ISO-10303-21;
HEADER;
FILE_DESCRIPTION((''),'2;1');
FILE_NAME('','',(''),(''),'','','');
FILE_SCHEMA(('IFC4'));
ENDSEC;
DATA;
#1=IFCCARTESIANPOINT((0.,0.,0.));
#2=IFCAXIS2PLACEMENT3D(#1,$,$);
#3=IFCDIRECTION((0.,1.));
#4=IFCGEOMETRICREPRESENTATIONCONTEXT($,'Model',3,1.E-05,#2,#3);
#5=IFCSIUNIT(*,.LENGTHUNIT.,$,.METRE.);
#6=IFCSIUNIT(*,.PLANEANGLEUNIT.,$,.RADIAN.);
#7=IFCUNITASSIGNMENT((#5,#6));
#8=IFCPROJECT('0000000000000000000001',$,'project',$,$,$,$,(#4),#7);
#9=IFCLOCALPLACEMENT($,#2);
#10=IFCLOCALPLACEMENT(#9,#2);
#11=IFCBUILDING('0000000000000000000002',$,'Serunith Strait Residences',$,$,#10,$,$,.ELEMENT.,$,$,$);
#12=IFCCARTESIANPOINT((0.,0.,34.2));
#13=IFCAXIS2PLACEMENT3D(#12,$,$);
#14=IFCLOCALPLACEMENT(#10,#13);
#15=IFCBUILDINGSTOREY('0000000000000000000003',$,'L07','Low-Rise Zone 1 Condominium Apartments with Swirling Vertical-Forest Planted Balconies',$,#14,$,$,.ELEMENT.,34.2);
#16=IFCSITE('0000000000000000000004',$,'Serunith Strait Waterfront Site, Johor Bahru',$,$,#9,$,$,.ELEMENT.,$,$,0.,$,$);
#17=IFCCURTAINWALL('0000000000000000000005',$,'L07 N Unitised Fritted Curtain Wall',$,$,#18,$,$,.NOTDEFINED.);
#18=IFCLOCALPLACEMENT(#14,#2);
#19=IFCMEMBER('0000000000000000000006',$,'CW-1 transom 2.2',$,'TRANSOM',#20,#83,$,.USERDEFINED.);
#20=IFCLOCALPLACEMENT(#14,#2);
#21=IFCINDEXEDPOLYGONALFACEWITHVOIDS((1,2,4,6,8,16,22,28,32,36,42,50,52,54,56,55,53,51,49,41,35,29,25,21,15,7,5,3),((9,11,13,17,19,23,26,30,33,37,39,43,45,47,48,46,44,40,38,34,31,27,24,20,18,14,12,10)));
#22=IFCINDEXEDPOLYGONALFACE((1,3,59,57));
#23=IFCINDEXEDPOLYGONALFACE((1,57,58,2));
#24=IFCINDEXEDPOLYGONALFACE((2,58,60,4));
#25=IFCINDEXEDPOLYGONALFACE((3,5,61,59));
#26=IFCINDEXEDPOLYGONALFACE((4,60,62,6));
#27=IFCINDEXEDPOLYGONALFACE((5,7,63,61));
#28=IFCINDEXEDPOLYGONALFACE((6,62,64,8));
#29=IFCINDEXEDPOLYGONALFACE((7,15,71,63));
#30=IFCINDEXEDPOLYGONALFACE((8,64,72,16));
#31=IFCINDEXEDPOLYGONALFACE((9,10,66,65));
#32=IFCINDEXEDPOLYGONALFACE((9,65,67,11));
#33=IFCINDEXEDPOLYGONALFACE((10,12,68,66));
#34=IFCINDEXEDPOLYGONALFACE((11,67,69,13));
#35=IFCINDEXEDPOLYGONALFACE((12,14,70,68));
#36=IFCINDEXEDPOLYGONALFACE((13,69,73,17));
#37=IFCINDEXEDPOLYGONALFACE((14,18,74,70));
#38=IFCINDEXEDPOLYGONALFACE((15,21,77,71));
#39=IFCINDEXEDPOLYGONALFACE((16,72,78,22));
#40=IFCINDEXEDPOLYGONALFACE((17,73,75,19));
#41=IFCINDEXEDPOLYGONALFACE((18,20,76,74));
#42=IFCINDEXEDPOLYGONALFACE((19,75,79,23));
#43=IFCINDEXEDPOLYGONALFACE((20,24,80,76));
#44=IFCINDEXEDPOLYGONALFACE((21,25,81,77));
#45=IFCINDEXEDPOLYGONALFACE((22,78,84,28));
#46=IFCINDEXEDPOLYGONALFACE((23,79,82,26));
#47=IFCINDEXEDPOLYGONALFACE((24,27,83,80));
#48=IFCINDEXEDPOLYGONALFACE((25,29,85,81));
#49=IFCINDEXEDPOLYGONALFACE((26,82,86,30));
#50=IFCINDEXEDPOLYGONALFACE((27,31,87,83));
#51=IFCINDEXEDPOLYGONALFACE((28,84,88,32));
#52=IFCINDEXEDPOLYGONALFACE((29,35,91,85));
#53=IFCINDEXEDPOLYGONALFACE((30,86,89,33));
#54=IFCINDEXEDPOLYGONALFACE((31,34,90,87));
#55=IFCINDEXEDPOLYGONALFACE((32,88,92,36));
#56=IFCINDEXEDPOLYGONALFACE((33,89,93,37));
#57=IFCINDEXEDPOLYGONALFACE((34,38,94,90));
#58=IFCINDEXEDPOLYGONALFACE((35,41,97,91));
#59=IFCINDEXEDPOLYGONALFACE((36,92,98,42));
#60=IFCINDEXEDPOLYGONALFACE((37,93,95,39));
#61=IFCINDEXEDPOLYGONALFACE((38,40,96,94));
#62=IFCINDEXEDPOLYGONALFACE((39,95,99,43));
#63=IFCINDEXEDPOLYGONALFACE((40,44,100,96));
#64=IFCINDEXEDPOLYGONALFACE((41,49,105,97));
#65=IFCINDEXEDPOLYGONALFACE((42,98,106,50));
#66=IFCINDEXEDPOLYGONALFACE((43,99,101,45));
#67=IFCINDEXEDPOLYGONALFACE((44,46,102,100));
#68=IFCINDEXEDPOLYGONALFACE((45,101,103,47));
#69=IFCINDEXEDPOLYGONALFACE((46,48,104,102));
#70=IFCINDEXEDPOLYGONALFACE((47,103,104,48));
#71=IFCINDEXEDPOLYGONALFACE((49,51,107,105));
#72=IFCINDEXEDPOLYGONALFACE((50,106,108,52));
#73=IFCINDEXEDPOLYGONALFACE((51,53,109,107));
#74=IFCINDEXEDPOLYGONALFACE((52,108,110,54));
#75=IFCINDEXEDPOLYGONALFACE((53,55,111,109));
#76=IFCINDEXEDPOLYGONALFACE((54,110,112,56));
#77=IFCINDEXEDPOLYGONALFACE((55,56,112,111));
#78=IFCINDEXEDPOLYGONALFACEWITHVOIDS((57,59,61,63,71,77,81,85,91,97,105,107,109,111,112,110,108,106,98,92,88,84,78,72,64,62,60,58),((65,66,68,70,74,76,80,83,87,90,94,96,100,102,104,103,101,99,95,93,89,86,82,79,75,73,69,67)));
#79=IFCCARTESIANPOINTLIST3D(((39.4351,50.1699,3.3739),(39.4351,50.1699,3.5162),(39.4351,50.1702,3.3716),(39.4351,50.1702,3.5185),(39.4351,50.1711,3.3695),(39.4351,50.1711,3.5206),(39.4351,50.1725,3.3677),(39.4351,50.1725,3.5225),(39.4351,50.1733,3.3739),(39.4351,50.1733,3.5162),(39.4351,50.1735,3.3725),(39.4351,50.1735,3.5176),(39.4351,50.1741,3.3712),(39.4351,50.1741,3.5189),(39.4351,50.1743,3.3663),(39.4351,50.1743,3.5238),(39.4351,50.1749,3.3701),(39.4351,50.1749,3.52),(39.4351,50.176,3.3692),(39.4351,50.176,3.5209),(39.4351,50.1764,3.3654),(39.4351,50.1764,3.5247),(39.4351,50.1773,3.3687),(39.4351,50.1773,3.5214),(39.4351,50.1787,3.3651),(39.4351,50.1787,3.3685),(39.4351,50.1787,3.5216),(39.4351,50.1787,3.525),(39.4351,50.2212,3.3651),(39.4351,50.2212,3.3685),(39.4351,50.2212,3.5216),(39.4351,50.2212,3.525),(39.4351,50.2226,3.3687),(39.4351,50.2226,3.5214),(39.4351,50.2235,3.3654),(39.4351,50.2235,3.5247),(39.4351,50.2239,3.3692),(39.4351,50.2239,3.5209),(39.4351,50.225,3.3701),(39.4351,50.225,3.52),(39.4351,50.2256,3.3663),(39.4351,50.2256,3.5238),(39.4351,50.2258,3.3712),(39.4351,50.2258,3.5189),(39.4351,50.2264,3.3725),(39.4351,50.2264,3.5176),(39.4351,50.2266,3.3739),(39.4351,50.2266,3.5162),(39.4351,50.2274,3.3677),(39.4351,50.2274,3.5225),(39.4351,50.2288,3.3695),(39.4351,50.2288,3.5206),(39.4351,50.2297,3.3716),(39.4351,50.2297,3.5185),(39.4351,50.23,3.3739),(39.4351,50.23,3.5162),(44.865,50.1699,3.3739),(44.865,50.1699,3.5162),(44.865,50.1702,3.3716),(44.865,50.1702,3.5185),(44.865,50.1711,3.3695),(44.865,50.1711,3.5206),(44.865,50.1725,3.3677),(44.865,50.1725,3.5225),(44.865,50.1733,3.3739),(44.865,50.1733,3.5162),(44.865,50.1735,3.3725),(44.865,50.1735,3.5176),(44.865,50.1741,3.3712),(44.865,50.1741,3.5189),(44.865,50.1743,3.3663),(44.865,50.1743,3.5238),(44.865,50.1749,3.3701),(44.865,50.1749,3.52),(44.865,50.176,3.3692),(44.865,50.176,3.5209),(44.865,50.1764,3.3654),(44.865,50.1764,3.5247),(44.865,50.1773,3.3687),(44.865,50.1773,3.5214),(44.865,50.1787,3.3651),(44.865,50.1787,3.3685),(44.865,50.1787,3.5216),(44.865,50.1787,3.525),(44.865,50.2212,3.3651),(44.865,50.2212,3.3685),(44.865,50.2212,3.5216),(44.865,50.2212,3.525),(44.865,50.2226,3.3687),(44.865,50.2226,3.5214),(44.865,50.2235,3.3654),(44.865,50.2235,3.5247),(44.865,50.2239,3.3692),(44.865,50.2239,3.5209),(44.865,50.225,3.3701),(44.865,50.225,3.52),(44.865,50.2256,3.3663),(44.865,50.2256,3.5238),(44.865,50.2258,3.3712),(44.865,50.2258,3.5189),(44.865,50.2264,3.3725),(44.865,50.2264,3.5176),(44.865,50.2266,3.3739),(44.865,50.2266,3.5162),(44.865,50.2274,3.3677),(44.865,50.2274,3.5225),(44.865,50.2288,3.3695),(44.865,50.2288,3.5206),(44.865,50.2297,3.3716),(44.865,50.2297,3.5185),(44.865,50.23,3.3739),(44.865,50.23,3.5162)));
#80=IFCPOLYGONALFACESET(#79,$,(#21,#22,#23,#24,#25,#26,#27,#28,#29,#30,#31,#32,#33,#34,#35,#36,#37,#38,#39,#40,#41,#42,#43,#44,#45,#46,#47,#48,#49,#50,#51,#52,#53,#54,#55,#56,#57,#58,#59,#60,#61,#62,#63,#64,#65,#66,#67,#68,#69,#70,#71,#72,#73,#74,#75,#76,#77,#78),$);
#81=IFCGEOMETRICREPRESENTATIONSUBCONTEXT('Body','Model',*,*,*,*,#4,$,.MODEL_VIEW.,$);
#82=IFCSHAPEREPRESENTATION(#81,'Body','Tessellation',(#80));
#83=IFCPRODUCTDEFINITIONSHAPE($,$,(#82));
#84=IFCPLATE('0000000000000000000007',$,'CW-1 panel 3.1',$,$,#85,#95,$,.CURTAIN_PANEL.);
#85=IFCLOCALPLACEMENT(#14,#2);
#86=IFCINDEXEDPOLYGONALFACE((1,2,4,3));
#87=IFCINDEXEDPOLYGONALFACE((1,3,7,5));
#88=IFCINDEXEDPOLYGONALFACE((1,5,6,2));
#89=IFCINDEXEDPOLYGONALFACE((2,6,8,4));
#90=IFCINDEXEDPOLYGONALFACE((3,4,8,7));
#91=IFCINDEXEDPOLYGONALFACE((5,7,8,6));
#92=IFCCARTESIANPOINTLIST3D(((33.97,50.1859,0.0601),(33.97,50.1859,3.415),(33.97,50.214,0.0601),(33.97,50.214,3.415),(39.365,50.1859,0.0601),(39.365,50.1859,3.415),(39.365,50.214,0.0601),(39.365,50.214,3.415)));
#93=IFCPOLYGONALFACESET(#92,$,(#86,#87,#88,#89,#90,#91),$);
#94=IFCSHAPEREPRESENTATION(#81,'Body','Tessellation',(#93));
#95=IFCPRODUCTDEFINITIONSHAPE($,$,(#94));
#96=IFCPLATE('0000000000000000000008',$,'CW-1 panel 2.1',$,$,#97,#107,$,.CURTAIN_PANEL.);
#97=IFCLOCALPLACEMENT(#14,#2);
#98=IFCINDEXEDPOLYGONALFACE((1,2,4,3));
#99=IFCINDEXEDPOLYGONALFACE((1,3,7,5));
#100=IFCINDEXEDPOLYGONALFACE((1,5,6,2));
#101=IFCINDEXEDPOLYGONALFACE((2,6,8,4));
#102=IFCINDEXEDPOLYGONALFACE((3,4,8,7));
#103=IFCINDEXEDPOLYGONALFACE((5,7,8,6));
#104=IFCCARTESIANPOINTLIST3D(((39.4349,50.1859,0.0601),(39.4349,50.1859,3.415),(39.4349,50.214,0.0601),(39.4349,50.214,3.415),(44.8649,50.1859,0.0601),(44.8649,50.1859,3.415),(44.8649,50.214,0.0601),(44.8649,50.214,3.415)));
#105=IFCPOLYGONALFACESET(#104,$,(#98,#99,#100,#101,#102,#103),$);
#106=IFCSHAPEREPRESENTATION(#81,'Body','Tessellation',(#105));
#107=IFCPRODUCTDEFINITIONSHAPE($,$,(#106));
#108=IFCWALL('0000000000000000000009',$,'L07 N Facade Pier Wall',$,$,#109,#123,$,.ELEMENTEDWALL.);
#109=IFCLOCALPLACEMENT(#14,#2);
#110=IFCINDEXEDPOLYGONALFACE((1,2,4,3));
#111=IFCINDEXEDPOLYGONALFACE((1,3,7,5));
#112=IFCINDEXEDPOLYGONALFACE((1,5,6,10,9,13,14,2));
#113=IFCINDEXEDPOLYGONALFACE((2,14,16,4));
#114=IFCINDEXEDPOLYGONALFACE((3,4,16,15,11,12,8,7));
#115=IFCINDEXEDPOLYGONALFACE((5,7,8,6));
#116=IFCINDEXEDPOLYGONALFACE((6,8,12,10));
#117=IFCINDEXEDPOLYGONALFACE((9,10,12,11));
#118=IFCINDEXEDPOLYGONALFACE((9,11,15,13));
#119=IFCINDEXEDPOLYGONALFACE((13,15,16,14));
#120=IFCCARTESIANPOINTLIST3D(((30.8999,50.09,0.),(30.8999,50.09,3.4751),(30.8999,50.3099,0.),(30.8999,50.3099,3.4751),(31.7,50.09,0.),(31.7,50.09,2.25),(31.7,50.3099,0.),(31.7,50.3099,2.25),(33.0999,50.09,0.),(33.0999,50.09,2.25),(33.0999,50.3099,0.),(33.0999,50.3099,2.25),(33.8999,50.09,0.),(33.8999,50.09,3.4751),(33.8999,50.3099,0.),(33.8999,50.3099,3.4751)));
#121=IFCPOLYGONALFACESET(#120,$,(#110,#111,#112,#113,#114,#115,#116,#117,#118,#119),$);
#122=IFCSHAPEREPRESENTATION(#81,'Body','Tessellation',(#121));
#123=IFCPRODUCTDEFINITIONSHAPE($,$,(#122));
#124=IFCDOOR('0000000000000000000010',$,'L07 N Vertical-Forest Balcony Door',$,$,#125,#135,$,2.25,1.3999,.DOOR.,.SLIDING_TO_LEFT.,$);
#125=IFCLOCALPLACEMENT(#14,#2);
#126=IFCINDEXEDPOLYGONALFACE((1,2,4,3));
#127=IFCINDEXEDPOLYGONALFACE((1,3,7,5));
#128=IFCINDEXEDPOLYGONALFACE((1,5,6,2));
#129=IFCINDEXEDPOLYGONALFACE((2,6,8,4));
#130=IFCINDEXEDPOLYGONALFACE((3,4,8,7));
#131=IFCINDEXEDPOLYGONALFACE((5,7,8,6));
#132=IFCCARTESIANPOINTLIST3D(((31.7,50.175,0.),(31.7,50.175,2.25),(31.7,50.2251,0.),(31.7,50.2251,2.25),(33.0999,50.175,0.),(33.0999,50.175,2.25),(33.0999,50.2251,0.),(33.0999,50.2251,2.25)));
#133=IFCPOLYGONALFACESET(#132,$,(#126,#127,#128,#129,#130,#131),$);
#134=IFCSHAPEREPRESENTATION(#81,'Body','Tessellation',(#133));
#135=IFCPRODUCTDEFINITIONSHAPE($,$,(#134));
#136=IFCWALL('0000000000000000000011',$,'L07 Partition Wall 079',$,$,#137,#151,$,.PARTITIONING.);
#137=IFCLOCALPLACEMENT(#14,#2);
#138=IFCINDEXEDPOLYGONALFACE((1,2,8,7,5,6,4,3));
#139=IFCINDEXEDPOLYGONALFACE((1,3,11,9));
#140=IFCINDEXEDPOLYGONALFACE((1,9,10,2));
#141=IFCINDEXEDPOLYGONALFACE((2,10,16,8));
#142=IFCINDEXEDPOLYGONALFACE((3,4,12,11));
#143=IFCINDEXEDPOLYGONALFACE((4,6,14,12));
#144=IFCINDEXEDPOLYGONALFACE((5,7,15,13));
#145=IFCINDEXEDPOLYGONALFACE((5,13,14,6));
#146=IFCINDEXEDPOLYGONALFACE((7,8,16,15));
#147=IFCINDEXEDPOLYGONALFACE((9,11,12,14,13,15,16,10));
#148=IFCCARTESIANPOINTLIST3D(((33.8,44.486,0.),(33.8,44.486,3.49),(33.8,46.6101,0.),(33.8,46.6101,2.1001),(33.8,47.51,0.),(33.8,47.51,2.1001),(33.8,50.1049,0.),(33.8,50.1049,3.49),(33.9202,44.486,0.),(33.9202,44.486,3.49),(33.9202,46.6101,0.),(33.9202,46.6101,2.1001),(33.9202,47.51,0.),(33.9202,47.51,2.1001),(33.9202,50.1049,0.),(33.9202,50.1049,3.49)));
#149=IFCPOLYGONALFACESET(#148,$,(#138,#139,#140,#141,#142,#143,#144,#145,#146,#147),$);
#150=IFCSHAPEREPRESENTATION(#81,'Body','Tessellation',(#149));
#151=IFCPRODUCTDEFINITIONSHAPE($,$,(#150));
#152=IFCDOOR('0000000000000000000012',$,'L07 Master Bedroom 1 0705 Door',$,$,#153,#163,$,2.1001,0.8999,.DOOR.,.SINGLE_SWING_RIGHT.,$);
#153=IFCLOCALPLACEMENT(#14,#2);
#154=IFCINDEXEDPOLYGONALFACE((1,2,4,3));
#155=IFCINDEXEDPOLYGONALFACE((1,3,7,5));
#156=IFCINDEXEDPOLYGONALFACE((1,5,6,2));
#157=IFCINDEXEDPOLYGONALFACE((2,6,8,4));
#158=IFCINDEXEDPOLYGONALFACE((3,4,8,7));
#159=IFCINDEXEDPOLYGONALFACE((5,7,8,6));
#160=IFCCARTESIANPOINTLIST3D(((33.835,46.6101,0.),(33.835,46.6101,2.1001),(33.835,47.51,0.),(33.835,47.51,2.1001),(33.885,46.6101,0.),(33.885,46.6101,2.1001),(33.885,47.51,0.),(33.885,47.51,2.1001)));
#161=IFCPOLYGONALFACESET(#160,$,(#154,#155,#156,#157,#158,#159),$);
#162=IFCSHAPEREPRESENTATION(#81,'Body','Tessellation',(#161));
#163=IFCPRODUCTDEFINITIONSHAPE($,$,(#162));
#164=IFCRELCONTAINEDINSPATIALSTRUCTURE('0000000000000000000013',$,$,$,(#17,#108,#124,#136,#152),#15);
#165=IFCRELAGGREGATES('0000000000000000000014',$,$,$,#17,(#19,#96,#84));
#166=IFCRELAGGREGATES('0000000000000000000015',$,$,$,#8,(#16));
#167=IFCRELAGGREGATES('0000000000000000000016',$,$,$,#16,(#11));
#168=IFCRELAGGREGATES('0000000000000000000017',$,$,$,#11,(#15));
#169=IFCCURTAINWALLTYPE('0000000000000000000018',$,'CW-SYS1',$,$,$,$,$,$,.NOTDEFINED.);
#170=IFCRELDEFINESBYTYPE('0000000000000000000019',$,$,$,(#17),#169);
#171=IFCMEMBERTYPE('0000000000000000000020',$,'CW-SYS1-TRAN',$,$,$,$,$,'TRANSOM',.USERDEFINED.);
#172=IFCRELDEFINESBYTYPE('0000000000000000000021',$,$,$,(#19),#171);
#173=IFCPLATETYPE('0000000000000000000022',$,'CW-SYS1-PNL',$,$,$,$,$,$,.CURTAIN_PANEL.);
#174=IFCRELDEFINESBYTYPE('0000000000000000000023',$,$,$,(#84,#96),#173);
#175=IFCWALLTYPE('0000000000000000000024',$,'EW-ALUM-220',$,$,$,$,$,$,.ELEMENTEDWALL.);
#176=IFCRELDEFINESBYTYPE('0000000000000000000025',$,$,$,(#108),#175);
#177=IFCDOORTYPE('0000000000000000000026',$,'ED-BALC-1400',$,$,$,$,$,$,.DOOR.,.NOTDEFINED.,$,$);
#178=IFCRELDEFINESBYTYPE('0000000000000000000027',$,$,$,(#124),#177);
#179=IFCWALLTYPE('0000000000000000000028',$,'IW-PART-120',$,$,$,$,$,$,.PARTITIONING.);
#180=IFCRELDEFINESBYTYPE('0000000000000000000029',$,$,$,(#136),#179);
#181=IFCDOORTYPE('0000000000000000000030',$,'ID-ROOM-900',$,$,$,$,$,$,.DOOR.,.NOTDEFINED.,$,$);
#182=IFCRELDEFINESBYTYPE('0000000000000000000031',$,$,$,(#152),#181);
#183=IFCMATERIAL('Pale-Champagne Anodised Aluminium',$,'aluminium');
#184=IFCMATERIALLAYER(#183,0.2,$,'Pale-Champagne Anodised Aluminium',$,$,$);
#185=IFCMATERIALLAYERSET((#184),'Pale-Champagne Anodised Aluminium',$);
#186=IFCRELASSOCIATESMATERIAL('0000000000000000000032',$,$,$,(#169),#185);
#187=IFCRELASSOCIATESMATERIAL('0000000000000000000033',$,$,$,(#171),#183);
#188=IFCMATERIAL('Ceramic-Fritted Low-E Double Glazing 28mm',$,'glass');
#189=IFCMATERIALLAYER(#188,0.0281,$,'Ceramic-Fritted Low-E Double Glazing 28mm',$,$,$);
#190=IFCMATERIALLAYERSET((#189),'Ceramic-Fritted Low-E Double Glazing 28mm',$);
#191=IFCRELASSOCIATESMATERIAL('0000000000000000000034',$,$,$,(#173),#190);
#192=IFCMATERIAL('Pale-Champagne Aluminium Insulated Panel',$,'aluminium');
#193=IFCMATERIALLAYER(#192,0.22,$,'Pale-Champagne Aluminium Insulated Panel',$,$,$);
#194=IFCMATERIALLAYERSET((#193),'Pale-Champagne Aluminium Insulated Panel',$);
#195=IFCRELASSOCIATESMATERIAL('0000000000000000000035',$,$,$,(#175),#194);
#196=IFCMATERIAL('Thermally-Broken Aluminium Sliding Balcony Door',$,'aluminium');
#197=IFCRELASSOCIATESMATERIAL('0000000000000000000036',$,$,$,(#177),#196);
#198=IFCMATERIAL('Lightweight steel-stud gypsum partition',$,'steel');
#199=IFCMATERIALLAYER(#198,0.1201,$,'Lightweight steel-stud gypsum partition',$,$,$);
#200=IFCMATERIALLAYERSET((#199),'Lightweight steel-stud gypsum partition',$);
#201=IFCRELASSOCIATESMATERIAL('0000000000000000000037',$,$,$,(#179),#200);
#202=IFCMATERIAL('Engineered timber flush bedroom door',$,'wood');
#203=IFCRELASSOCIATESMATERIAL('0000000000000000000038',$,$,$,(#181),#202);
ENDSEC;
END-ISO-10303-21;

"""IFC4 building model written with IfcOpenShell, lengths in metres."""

from ifc_helpers import new_model, si_unit, direction, frame, frame_2d, origin, origin_2d, place, context, subcontext, project, spatial, rectangle, hollow_rectangle, extrude, source, transform, mapped, material, layer, layer_set, material_profile, profile_set, type_object, element, fill, aggregate, save


model = new_model("IFC4")

# Units and contexts
model_context = context("Model", 3, precision=1e-05, world=origin(), true_north=direction((0.0, 1.0)))
body_context = subcontext(model_context, "Body", "Model", "MODEL_VIEW")
ifc_project = project(units=[si_unit("LENGTHUNIT", "METRE"), si_unit("PLANEANGLEUNIT", "RADIAN")], contexts=[model_context])

# Site, building, storey
site_placement = place(None, origin())
site = spatial("IfcSite", under=ifc_project, at=site_placement, Name="Serunith Strait Waterfront Site, Johor Bahru", CompositionType="ELEMENT", RefElevation=0.0)
building_placement = place(site_placement, origin())
building = spatial("IfcBuilding", under=site, at=building_placement, Name="Serunith Strait Residences", CompositionType="ELEMENT")
storey_placement = place(building_placement, frame((0.0, 0.0, 34.2)))
storey = spatial("IfcBuildingStorey", under=building, at=storey_placement, Name="L07", Description="Low-Rise Zone 1 Condominium Apartments with Swirling Vertical-Forest Planted Balconies", CompositionType="ELEMENT", Elevation=34.2)

# Curtain wall, member, plates
ifc_material_1 = material(Name="Pale-Champagne Anodised Aluminium", Category="aluminium")
ifc_layer_1 = layer(ifc_material_1, 0.2, Name="Pale-Champagne Anodised Aluminium")
ifc_layer_set_1 = layer_set([ifc_layer_1], Name="Pale-Champagne Anodised Aluminium")
curtain_wall_type = type_object("IfcCurtainWallType", Name="CW-SYS1", PredefinedType="NOTDEFINED", material=ifc_layer_set_1)
curtain_wall_placement = place(storey_placement, origin())
curtain_wall = element("IfcCurtainWall", 1, at=curtain_wall_placement, inside=storey, type_object=curtain_wall_type, Name="L07 N Unitised Fritted Curtain Wall", PredefinedType="NOTDEFINED")
ifc_material_profile_1 = material_profile(ifc_material_1, hollow_rectangle(XDim=0.0601, YDim=0.1599, WallThickness=0.0034, InnerFilletRadius=0.0054, OuterFilletRadius=0.0088, at=origin_2d()), Name="ALU 160x60x3.5")
ifc_profile_set_1 = profile_set([ifc_material_profile_1], Name="Pale-Champagne Anodised Aluminium")
member_type_1 = type_object("IfcMemberType", Name="CW-SYS1-TRAN", ElementType="TRANSOM", PredefinedType="USERDEFINED", material=ifc_profile_set_1)
shared_shape_1 = source(origin(), body_context, "Body", "SweptSolid", [
    extrude(hollow_rectangle(XDim=0.0601, YDim=0.1599, WallThickness=0.0034, InnerFilletRadius=0.0054, OuterFilletRadius=0.0088, at=origin_2d()), origin(), (0.0, 0.0, 1.0), 5.4299),
])
member_1_placement = place(storey_placement, frame((44.865, 50.2, 3.4451), z_axis=(-1.0, 0.0, 0.0), x_axis=(0.0, -1.0, 0.0)))
member_1 = element("IfcMember", 2, at=member_1_placement, type_object=member_type_1, Name="CW-1 transom 2.2", ObjectType="TRANSOM", PredefinedType="USERDEFINED", context=body_context, shape_type="MappedRepresentation", body=[
    mapped(shared_shape_1, transform((0.0, 0.0, 0.0), scale=1.0)),
])
ifc_material_2 = material(Name="Ceramic-Fritted Low-E Double Glazing 28mm", Category="glass")
ifc_layer_2 = layer(ifc_material_2, 0.0281, Name="Ceramic-Fritted Low-E Double Glazing 28mm")
ifc_layer_set_2 = layer_set([ifc_layer_2], Name="Ceramic-Fritted Low-E Double Glazing 28mm")
plate_type = type_object("IfcPlateType", Name="CW-SYS1-PNL", PredefinedType="CURTAIN_PANEL", material=ifc_layer_set_2)
shared_shape_2 = source(origin(), body_context, "Body", "SweptSolid", [
    extrude(rectangle(XDim=5.395, YDim=0.0281, at=origin_2d()), origin(), (0.0, 0.0, 1.0), 3.355),
])
plate_1_placement = place(storey_placement, frame((36.6675, 50.2, 0.0601), z_axis=(0.0, 0.0, 1.0), x_axis=(-1.0, 0.0, 0.0)))
plate_1 = element("IfcPlate", 3, at=plate_1_placement, type_object=plate_type, Name="CW-1 panel 3.1", PredefinedType="CURTAIN_PANEL", context=body_context, shape_type="MappedRepresentation", body=[
    mapped(shared_shape_2, transform((0.0, 0.0, 0.0), scale=1.0)),
])
shared_shape_3 = source(origin(), body_context, "Body", "SweptSolid", [
    extrude(rectangle(XDim=5.4299, YDim=0.0281, at=origin_2d()), origin(), (0.0, 0.0, 1.0), 3.355),
])
plate_2_placement = place(storey_placement, frame((42.1499, 50.2, 0.0601), z_axis=(0.0, 0.0, 1.0), x_axis=(-1.0, 0.0, 0.0)))
plate_2 = element("IfcPlate", 4, at=plate_2_placement, type_object=plate_type, Name="CW-1 panel 2.1", PredefinedType="CURTAIN_PANEL", context=body_context, shape_type="MappedRepresentation", body=[
    mapped(shared_shape_3, transform((0.0, 0.0, 0.0), scale=1.0)),
])
aggregate(curtain_wall, [member_1, plate_2, plate_1])

# Walls, openings, doors
ifc_material_3 = material(Name="Pale-Champagne Aluminium Insulated Panel", Category="aluminium")
ifc_layer_3 = layer(ifc_material_3, 0.22, Name="Pale-Champagne Aluminium Insulated Panel")
ifc_layer_set_3 = layer_set([ifc_layer_3], Name="Pale-Champagne Aluminium Insulated Panel")
wall_type_1 = type_object("IfcWallType", Name="EW-ALUM-220", PredefinedType="ELEMENTEDWALL", material=ifc_layer_set_3)
wall_1_placement = place(storey_placement, frame((33.8999, 50.2, 0.0), z_axis=(0.0, 0.0, 1.0), x_axis=(-1.0, 0.0, 0.0)))
wall_1 = element("IfcWall", 5, at=wall_1_placement, inside=storey, type_object=wall_type_1, Name="L07 N Facade Pier Wall", PredefinedType="ELEMENTEDWALL", context=body_context, shape_type="SweptSolid", body=[
    extrude(rectangle(XDim=3.0, YDim=0.22, at=frame_2d((1.5, 0.0))), origin(), (0.0, 0.0, 1.0), 3.4751),
])
opening_1_placement = place(wall_1_placement, frame((0.8, 0.0, 0.0)))
opening_1 = element("IfcOpeningElement", 6, at=opening_1_placement, cuts=wall_1, PredefinedType="OPENING", context=body_context, shape_type="SweptSolid", body=[
    extrude(rectangle(XDim=1.3999, YDim=2.25, at=frame_2d((0.7, 1.125))), frame((0.0, 0.1201, 0.0), z_axis=(0.0, -1.0, 0.0), x_axis=(1.0, 0.0, 0.0)), (0.0, 0.0, 1.0), 0.24),
])
ifc_material_4 = material(Name="Thermally-Broken Aluminium Sliding Balcony Door", Category="aluminium")
door_type_1 = type_object("IfcDoorType", Name="ED-BALC-1400", OperationType="NOTDEFINED", PredefinedType="DOOR", material=ifc_material_4)
shared_shape_4 = source(origin(), body_context, "Body", "SweptSolid", [
    extrude(rectangle(XDim=1.3999, YDim=2.25, at=frame_2d((0.7, 1.125))), frame((0.0, 0.0249, 0.0), z_axis=(0.0, -1.0, 0.0), x_axis=(1.0, 0.0, 0.0)), (0.0, 0.0, 1.0), 0.05),
])
door_1_placement = place(opening_1_placement, origin())
door_1 = element("IfcDoor", 7, at=door_1_placement, inside=storey, type_object=door_type_1, Name="L07 N Vertical-Forest Balcony Door", OperationType="SLIDING_TO_LEFT", OverallHeight=2.25, OverallWidth=1.3999, PredefinedType="DOOR", context=body_context, shape_type="MappedRepresentation", body=[
    mapped(shared_shape_4, transform((0.0, 0.0, 0.0), scale=1.0)),
])
fill(opening_1, door_1)
ifc_material_5 = material(Name="Lightweight steel-stud gypsum partition", Category="steel")
ifc_layer_4 = layer(ifc_material_5, 0.1201, Name="Lightweight steel-stud gypsum partition")
ifc_layer_set_4 = layer_set([ifc_layer_4], Name="Lightweight steel-stud gypsum partition")
wall_type_2 = type_object("IfcWallType", Name="IW-PART-120", PredefinedType="PARTITIONING", material=ifc_layer_set_4)
wall_2_placement = place(storey_placement, frame((33.8601, 50.105, 0.0), z_axis=(0.0, 0.0, 1.0), x_axis=(0.0, -1.0, 0.0)))
wall_2 = element("IfcWall", 8, at=wall_2_placement, inside=storey, type_object=wall_type_2, Name="L07 Partition Wall 079", PredefinedType="PARTITIONING", context=body_context, shape_type="SweptSolid", body=[
    extrude(rectangle(XDim=5.6189, YDim=0.1201, at=frame_2d((2.8096, 0.0))), origin(), (0.0, 0.0, 1.0), 3.49),
])
opening_2_placement = place(wall_2_placement, frame((2.595, 0.0, 0.0)))
opening_2 = element("IfcOpeningElement", 9, at=opening_2_placement, cuts=wall_2, PredefinedType="OPENING", context=body_context, shape_type="SweptSolid", body=[
    extrude(rectangle(XDim=0.8999, YDim=2.1001, at=frame_2d((0.45, 1.05))), frame((0.0, 0.0701, 0.0), z_axis=(0.0, -1.0, 0.0), x_axis=(1.0, 0.0, 0.0)), (0.0, 0.0, 1.0), 0.1401),
])
ifc_material_6 = material(Name="Engineered timber flush bedroom door", Category="wood")
door_type_2 = type_object("IfcDoorType", Name="ID-ROOM-900", OperationType="NOTDEFINED", PredefinedType="DOOR", material=ifc_material_6)
shared_shape_5 = source(origin(), body_context, "Body", "SweptSolid", [
    extrude(rectangle(XDim=0.8999, YDim=2.1001, at=frame_2d((0.45, 1.05))), frame((0.0, 0.0249, 0.0), z_axis=(0.0, -1.0, 0.0), x_axis=(1.0, 0.0, 0.0)), (0.0, 0.0, 1.0), 0.05),
])
door_2_placement = place(opening_2_placement, origin())
door_2 = element("IfcDoor", 10, at=door_2_placement, inside=storey, type_object=door_type_2, Name="L07 Master Bedroom 1 0705 Door", OperationType="SINGLE_SWING_RIGHT", OverallHeight=2.1001, OverallWidth=0.8999, PredefinedType="DOOR", context=body_context, shape_type="MappedRepresentation", body=[
    mapped(shared_shape_5, transform((0.0, 0.0, 0.0), scale=1.0)),
])
fill(opening_2, door_2)

save(model, "model.ifc")
